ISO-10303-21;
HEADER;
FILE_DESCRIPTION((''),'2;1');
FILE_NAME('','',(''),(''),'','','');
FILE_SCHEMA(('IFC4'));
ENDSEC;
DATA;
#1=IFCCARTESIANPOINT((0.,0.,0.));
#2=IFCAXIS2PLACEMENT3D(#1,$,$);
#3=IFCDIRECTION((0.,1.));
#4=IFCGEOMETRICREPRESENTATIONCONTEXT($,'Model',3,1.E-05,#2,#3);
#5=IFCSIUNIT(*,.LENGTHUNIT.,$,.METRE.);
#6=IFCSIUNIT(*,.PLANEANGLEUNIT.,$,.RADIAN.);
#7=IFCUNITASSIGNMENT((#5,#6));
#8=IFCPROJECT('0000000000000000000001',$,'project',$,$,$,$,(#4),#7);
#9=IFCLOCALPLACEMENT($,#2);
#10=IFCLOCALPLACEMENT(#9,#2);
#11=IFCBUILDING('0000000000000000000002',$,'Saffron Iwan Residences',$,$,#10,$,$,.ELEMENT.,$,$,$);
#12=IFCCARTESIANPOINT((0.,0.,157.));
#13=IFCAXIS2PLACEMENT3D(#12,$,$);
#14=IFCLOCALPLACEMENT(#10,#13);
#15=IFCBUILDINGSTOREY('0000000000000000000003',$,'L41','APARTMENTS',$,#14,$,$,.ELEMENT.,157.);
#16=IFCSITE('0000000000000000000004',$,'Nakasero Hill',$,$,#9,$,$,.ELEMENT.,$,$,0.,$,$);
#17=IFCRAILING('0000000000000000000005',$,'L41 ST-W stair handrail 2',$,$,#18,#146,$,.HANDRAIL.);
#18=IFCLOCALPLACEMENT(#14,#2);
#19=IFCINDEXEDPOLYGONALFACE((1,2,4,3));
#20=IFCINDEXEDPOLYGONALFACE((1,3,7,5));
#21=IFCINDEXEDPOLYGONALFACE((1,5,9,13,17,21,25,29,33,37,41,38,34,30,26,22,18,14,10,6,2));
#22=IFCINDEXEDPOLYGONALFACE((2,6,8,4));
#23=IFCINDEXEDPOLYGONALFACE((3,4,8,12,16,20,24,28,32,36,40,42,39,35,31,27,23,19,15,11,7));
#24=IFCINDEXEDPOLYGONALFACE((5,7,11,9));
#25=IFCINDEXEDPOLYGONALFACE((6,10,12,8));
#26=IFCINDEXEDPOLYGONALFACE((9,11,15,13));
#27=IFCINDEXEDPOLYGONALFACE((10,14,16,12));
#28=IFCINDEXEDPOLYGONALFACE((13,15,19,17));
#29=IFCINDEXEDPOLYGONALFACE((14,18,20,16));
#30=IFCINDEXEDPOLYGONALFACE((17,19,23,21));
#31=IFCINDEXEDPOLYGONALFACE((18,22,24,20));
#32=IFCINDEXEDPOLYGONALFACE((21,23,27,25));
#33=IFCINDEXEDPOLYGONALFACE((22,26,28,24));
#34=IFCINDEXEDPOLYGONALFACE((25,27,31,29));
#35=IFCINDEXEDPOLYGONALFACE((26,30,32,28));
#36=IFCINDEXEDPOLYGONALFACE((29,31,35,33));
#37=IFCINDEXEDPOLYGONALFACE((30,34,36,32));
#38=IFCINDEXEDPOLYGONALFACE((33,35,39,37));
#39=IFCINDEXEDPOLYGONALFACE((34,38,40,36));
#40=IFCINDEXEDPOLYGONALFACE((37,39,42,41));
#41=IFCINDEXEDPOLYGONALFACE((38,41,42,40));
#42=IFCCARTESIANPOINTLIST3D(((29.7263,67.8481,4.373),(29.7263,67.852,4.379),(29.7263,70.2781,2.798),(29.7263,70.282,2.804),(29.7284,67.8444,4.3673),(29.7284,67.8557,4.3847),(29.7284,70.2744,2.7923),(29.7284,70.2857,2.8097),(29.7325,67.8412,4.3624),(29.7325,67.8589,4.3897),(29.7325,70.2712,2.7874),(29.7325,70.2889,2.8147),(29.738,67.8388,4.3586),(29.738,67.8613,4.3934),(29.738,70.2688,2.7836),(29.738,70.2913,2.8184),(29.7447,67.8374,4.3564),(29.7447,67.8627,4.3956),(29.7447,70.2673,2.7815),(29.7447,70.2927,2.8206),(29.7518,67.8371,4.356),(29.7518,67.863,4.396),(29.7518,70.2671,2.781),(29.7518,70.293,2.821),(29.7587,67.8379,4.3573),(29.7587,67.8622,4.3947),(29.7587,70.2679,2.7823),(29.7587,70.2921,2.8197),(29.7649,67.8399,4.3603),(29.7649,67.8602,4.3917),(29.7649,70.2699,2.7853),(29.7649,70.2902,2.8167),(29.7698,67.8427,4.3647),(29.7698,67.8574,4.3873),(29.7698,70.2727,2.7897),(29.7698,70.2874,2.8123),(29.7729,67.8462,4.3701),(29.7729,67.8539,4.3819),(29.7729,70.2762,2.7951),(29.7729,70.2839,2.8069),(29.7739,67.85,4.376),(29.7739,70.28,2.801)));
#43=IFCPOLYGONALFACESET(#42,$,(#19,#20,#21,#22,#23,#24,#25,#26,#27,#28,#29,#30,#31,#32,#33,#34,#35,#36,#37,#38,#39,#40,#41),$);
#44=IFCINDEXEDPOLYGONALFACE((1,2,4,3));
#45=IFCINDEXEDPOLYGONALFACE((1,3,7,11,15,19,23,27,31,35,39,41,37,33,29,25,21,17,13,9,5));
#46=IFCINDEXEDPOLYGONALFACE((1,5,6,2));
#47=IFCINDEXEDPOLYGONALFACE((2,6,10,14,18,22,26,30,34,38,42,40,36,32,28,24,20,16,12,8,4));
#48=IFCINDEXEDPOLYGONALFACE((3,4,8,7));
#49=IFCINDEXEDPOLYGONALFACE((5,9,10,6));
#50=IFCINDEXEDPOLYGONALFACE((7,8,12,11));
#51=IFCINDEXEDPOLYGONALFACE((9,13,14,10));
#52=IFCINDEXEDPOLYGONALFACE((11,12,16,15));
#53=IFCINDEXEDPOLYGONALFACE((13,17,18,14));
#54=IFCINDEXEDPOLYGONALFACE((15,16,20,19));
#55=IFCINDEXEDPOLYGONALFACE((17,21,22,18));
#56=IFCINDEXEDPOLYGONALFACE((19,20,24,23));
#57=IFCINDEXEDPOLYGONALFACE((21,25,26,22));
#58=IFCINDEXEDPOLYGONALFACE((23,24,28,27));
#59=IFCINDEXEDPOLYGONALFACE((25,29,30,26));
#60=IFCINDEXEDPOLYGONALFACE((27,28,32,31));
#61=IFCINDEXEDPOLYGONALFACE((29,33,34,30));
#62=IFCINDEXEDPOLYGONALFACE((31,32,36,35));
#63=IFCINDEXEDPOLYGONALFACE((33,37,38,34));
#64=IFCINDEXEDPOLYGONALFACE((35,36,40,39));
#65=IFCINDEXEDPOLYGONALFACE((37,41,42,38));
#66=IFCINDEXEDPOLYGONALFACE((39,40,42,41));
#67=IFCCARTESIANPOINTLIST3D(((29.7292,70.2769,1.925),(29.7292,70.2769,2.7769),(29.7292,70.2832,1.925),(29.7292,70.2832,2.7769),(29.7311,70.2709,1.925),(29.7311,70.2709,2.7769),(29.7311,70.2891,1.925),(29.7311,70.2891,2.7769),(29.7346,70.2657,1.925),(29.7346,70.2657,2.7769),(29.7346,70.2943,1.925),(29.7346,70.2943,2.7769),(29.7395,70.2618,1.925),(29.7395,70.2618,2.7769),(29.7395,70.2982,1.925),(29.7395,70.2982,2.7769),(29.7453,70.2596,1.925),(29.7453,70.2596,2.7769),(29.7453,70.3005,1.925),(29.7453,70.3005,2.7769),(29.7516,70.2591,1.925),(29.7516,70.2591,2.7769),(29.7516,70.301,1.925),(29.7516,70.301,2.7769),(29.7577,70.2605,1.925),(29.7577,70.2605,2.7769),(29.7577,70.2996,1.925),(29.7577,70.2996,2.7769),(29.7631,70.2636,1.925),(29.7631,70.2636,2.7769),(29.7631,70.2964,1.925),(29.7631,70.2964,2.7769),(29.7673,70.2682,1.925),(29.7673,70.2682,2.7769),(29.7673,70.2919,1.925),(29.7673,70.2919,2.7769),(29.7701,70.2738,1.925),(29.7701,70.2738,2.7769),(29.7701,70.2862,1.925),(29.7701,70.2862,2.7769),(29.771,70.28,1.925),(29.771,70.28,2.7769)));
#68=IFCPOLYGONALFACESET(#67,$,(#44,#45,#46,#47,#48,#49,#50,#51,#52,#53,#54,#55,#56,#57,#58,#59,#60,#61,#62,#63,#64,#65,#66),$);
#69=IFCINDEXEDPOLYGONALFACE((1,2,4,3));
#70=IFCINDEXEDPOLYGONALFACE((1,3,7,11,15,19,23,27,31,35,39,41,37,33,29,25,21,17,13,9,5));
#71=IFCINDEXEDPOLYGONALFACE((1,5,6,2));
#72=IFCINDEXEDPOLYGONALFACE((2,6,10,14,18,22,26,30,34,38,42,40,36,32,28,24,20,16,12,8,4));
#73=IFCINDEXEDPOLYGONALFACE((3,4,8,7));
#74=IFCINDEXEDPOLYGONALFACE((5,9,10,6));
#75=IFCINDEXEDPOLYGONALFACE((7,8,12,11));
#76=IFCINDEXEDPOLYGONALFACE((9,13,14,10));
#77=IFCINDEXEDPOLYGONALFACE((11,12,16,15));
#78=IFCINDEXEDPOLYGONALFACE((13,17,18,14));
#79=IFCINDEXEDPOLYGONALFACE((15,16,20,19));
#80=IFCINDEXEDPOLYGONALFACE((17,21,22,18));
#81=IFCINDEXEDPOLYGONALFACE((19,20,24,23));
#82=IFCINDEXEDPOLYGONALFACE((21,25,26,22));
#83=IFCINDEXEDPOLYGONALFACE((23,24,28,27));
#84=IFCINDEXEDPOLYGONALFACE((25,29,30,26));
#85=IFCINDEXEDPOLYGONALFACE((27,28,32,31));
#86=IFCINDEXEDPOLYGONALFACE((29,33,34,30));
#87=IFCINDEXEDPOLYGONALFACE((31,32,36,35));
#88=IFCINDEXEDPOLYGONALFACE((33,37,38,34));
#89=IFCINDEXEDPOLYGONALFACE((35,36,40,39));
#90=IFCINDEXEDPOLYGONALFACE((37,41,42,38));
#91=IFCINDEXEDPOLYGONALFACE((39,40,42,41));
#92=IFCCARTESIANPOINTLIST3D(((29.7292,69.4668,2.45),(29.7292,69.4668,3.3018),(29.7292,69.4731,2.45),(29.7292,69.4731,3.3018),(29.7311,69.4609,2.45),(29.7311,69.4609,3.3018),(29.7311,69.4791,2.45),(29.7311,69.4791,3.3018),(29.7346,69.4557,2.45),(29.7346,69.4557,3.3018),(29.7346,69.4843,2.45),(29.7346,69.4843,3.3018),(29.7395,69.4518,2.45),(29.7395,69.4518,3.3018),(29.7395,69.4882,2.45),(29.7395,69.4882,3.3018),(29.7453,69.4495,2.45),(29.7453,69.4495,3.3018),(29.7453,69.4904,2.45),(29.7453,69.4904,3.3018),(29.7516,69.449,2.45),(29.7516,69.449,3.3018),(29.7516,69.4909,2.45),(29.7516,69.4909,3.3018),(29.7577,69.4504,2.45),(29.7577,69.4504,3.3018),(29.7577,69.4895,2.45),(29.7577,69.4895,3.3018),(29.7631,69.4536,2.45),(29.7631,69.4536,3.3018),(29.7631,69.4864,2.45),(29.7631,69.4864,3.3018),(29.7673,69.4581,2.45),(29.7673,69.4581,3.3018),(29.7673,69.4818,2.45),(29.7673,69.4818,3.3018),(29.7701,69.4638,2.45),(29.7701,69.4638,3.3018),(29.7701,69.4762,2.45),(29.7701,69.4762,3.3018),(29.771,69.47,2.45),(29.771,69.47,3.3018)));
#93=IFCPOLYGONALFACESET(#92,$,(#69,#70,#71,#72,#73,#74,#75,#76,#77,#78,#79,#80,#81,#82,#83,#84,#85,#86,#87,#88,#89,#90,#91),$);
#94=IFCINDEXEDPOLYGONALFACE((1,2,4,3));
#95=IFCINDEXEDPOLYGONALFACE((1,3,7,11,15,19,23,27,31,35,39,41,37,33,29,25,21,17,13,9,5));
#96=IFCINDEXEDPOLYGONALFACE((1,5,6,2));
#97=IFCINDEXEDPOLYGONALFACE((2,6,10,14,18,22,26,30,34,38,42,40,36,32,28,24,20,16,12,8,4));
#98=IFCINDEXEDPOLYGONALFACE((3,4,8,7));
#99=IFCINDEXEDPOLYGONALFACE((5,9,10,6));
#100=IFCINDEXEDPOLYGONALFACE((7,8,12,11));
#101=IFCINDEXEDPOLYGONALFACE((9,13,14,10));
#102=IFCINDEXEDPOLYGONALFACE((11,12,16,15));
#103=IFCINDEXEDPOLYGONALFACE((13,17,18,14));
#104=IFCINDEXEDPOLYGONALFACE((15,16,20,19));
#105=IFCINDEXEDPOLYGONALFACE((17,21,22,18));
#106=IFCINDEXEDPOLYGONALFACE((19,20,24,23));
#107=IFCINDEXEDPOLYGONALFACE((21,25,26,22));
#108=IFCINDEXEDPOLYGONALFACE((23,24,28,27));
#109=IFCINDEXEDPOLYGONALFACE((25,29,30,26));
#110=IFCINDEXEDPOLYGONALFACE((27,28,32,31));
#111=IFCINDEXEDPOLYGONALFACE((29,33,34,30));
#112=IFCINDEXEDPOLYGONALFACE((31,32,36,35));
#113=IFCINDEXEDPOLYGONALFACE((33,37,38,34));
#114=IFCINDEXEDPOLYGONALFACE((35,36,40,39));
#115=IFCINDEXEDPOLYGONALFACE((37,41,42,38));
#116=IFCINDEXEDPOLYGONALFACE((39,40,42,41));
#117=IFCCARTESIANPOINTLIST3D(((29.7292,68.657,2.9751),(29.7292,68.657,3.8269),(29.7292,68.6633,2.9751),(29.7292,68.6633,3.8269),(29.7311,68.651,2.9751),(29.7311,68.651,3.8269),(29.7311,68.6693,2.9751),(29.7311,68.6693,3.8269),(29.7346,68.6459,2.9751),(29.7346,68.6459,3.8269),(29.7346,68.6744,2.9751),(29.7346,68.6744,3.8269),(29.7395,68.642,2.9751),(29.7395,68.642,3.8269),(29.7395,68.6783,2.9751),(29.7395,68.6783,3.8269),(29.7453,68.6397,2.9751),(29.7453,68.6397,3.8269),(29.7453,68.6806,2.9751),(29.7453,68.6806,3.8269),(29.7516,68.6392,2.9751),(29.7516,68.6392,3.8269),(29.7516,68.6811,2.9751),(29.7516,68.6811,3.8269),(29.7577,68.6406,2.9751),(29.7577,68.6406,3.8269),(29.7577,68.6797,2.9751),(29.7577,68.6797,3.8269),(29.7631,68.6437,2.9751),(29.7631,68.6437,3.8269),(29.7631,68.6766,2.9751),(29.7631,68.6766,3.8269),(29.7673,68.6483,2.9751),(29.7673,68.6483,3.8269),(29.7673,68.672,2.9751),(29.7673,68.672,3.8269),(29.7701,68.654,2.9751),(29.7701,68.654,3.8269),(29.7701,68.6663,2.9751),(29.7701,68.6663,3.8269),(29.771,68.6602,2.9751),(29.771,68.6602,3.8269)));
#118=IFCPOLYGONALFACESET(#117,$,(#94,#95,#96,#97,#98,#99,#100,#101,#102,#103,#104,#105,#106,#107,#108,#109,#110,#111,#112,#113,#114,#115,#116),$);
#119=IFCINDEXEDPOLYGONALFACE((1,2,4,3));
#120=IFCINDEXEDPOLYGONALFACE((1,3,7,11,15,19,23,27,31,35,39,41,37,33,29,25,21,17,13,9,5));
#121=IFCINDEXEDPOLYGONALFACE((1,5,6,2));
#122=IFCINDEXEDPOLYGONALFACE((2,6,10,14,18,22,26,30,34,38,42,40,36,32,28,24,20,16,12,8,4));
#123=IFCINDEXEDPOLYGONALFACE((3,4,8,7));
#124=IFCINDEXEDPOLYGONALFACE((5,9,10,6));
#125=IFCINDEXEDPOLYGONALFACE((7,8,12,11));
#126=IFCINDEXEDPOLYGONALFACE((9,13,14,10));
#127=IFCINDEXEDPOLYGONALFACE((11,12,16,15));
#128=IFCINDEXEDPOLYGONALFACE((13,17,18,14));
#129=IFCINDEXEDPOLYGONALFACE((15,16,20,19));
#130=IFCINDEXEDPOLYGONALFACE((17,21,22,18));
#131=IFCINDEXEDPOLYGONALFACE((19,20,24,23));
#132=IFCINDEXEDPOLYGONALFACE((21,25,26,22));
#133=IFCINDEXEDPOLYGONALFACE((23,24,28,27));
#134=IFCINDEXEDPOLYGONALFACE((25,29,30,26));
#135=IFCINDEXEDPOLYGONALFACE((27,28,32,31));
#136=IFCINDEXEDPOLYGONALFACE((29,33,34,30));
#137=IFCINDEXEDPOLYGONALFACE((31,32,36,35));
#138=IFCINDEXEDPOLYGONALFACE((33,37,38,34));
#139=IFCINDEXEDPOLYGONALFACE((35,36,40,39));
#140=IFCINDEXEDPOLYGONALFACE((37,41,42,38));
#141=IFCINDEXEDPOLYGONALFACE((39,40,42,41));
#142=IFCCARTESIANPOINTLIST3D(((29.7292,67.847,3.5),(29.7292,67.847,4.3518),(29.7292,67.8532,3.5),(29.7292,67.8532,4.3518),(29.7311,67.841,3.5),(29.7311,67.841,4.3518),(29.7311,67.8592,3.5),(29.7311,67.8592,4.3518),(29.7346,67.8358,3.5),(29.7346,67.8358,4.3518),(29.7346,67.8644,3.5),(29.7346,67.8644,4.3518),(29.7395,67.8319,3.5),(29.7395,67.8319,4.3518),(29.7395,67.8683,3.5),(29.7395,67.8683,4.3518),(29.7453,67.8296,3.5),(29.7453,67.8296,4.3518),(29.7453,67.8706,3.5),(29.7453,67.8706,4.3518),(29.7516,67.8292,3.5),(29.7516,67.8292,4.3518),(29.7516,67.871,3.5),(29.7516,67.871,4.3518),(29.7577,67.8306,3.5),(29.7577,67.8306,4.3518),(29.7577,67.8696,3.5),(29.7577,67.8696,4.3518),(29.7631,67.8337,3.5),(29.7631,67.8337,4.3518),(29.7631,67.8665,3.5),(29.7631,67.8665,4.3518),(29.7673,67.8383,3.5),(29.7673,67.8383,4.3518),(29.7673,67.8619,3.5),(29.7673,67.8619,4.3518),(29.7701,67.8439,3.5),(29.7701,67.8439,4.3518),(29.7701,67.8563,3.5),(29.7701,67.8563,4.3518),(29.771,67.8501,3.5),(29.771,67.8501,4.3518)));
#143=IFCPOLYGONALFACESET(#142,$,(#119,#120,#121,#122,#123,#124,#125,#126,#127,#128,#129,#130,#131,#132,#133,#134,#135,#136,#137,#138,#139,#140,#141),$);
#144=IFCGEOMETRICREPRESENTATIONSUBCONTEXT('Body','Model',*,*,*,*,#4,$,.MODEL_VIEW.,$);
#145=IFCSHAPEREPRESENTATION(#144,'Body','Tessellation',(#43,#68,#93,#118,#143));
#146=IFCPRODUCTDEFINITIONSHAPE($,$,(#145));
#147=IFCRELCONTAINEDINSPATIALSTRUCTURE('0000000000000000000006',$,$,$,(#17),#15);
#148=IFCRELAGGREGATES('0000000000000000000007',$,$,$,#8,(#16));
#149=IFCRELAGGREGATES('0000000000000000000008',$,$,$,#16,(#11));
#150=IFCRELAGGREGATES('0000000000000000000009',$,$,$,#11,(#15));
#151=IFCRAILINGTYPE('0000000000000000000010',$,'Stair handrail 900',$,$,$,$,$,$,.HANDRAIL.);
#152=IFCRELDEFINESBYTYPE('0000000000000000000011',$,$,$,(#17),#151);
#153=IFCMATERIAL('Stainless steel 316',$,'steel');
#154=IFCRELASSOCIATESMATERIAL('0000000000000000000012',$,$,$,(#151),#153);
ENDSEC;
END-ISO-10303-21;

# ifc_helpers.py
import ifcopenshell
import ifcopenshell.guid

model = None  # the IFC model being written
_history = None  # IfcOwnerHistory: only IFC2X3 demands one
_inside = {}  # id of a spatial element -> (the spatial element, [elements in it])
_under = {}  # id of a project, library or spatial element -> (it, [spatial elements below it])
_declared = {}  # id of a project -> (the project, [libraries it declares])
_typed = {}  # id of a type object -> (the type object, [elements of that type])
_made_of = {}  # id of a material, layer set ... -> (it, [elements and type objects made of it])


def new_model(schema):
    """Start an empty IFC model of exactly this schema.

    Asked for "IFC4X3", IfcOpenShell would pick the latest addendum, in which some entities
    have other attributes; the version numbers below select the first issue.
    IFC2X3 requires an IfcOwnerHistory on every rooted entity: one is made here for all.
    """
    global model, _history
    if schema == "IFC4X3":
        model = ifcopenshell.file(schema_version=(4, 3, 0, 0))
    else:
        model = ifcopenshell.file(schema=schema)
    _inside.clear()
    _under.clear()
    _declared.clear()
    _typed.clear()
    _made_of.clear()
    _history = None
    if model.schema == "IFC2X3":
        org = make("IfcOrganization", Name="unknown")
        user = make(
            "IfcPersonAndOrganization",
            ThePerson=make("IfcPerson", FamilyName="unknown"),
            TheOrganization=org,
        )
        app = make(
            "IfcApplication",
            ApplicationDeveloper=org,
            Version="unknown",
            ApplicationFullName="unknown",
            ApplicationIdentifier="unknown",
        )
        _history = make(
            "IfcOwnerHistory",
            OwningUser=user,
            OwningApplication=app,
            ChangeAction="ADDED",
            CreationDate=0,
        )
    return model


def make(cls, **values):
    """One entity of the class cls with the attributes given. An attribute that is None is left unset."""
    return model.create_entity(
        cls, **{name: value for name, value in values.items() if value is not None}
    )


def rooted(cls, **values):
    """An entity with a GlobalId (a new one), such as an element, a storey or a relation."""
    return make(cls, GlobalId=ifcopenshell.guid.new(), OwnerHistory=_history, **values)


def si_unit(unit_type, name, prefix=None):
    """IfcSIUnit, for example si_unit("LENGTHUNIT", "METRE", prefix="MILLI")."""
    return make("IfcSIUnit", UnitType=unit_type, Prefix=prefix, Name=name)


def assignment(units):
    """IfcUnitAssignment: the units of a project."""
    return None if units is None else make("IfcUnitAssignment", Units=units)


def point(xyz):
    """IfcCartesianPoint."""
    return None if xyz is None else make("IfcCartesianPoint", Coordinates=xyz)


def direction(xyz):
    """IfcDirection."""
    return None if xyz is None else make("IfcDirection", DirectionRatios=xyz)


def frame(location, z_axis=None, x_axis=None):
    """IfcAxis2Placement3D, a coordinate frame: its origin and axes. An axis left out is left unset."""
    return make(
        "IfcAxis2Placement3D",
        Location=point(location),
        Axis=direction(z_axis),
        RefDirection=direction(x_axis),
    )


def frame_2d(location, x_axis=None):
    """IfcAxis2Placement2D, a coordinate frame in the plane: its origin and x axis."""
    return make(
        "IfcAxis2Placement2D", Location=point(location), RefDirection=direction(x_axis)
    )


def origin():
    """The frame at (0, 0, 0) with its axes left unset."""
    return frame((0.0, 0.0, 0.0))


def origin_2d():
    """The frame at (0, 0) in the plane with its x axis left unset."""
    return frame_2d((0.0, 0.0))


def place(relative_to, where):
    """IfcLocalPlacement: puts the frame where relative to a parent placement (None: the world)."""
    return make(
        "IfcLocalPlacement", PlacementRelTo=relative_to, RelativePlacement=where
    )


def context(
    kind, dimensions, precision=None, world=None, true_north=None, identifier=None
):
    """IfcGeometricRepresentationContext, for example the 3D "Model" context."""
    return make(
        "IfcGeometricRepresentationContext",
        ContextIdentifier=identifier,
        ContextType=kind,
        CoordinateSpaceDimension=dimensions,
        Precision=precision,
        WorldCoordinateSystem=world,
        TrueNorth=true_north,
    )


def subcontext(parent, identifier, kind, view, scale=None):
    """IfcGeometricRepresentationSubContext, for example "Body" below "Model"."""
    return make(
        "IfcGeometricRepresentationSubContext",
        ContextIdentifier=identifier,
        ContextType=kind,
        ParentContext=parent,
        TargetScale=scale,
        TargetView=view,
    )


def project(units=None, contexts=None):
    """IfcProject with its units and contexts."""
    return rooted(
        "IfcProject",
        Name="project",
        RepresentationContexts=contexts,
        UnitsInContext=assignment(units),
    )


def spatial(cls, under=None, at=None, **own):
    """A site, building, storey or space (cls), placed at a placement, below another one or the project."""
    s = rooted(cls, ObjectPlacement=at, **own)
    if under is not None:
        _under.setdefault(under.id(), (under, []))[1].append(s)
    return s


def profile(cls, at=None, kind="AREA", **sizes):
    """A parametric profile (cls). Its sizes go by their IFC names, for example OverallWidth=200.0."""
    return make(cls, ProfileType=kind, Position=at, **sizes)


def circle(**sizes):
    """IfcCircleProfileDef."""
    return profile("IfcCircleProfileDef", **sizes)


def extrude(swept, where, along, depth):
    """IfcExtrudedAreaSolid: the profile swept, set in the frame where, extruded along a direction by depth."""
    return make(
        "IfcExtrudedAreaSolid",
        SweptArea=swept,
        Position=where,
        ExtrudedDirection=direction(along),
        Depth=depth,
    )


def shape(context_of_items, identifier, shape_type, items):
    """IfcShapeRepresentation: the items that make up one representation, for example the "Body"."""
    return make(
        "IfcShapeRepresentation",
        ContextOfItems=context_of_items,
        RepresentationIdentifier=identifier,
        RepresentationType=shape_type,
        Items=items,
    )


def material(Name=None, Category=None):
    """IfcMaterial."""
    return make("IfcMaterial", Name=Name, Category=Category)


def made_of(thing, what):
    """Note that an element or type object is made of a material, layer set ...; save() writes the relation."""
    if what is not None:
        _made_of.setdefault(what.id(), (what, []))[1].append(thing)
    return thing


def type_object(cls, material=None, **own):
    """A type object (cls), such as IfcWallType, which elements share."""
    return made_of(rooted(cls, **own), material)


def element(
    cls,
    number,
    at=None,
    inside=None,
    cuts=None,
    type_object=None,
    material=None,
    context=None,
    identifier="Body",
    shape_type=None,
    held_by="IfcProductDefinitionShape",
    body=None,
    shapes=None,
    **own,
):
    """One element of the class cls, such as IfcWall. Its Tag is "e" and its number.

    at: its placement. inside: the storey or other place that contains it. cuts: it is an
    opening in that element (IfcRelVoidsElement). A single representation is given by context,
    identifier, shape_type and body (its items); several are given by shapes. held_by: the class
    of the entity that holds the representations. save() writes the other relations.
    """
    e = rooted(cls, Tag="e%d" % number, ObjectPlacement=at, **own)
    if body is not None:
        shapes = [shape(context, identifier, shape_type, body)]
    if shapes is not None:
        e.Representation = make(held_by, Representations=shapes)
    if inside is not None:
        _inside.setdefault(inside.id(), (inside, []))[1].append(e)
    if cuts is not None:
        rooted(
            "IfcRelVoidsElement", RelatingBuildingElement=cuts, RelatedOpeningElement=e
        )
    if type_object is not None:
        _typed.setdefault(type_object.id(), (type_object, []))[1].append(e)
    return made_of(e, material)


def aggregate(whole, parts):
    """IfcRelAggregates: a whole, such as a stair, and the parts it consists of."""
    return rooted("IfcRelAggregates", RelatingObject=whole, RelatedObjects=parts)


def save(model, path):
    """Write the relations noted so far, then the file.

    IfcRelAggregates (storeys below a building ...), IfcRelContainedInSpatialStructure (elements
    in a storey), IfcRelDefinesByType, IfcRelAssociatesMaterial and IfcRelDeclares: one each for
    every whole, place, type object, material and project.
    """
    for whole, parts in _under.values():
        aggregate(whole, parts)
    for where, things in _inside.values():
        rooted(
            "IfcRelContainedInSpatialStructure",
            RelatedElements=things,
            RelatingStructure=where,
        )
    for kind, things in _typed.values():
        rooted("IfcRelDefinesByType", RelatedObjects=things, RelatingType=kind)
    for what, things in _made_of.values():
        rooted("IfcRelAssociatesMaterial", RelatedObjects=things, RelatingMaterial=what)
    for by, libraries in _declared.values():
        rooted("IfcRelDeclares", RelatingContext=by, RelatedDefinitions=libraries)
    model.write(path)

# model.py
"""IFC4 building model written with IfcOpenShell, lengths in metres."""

from ifc_helpers import new_model, si_unit, direction, frame, origin, origin_2d, place, context, subcontext, project, spatial, circle, extrude, material, type_object, element, save


model = new_model("IFC4")

# Units and contexts
model_context = context("Model", 3, precision=1e-05, world=origin(), true_north=direction((0.0, 1.0)))
body_context = subcontext(model_context, "Body", "Model", "MODEL_VIEW")
ifc_project = project(units=[si_unit("LENGTHUNIT", "METRE"), si_unit("PLANEANGLEUNIT", "RADIAN")], contexts=[model_context])

# Site, building, storey
site_placement = place(None, origin())
site = spatial("IfcSite", under=ifc_project, at=site_placement, Name="Nakasero Hill", CompositionType="ELEMENT", RefElevation=0.0)
building_placement = place(site_placement, origin())
building = spatial("IfcBuilding", under=site, at=building_placement, Name="Saffron Iwan Residences", CompositionType="ELEMENT")
storey_placement = place(building_placement, frame((0.0, 0.0, 157.0)))
storey = spatial("IfcBuildingStorey", under=building, at=storey_placement, Name="L41", Description="APARTMENTS", CompositionType="ELEMENT", Elevation=157.0)

# Railing
ifc_material_1 = material(Name="Stainless steel 316", Category="steel")
railing_type_1 = type_object("IfcRailingType", Name="Stair handrail 900", PredefinedType="HANDRAIL", material=ifc_material_1)
railing_1_placement = place(storey_placement, frame((29.75, 70.28, 1.925)))
element("IfcRailing", 1, at=railing_1_placement, inside=storey, type_object=railing_type_1, Name="L41 ST-W stair handrail 2", PredefinedType="HANDRAIL", context=body_context, shape_type="SweptSolid", body=[
    extrude(circle(Radius=0.0239, at=origin_2d()), frame((0.0, 0.0, 0.876), z_axis=(0.0, -0.839154, 0.543894), x_axis=(1.0, 0.0, 0.0)), (0.0, 0.0, 1.0), 2.8958),
    extrude(circle(Radius=0.021, at=origin_2d()), origin(), (0.0, 0.0, 1.0), 0.8518),
    extrude(circle(Radius=0.021, at=origin_2d()), frame((0.0, -0.8101, 0.5249)), (0.0, 0.0, 1.0), 0.8518),
    extrude(circle(Radius=0.021, at=origin_2d()), frame((0.0, -1.6199, 1.05)), (0.0, 0.0, 1.0), 0.8518),
    extrude(circle(Radius=0.021, at=origin_2d()), frame((0.0, -2.4299, 1.575)), (0.0, 0.0, 1.0), 0.8518),
])

save(model, "model.ifc")
